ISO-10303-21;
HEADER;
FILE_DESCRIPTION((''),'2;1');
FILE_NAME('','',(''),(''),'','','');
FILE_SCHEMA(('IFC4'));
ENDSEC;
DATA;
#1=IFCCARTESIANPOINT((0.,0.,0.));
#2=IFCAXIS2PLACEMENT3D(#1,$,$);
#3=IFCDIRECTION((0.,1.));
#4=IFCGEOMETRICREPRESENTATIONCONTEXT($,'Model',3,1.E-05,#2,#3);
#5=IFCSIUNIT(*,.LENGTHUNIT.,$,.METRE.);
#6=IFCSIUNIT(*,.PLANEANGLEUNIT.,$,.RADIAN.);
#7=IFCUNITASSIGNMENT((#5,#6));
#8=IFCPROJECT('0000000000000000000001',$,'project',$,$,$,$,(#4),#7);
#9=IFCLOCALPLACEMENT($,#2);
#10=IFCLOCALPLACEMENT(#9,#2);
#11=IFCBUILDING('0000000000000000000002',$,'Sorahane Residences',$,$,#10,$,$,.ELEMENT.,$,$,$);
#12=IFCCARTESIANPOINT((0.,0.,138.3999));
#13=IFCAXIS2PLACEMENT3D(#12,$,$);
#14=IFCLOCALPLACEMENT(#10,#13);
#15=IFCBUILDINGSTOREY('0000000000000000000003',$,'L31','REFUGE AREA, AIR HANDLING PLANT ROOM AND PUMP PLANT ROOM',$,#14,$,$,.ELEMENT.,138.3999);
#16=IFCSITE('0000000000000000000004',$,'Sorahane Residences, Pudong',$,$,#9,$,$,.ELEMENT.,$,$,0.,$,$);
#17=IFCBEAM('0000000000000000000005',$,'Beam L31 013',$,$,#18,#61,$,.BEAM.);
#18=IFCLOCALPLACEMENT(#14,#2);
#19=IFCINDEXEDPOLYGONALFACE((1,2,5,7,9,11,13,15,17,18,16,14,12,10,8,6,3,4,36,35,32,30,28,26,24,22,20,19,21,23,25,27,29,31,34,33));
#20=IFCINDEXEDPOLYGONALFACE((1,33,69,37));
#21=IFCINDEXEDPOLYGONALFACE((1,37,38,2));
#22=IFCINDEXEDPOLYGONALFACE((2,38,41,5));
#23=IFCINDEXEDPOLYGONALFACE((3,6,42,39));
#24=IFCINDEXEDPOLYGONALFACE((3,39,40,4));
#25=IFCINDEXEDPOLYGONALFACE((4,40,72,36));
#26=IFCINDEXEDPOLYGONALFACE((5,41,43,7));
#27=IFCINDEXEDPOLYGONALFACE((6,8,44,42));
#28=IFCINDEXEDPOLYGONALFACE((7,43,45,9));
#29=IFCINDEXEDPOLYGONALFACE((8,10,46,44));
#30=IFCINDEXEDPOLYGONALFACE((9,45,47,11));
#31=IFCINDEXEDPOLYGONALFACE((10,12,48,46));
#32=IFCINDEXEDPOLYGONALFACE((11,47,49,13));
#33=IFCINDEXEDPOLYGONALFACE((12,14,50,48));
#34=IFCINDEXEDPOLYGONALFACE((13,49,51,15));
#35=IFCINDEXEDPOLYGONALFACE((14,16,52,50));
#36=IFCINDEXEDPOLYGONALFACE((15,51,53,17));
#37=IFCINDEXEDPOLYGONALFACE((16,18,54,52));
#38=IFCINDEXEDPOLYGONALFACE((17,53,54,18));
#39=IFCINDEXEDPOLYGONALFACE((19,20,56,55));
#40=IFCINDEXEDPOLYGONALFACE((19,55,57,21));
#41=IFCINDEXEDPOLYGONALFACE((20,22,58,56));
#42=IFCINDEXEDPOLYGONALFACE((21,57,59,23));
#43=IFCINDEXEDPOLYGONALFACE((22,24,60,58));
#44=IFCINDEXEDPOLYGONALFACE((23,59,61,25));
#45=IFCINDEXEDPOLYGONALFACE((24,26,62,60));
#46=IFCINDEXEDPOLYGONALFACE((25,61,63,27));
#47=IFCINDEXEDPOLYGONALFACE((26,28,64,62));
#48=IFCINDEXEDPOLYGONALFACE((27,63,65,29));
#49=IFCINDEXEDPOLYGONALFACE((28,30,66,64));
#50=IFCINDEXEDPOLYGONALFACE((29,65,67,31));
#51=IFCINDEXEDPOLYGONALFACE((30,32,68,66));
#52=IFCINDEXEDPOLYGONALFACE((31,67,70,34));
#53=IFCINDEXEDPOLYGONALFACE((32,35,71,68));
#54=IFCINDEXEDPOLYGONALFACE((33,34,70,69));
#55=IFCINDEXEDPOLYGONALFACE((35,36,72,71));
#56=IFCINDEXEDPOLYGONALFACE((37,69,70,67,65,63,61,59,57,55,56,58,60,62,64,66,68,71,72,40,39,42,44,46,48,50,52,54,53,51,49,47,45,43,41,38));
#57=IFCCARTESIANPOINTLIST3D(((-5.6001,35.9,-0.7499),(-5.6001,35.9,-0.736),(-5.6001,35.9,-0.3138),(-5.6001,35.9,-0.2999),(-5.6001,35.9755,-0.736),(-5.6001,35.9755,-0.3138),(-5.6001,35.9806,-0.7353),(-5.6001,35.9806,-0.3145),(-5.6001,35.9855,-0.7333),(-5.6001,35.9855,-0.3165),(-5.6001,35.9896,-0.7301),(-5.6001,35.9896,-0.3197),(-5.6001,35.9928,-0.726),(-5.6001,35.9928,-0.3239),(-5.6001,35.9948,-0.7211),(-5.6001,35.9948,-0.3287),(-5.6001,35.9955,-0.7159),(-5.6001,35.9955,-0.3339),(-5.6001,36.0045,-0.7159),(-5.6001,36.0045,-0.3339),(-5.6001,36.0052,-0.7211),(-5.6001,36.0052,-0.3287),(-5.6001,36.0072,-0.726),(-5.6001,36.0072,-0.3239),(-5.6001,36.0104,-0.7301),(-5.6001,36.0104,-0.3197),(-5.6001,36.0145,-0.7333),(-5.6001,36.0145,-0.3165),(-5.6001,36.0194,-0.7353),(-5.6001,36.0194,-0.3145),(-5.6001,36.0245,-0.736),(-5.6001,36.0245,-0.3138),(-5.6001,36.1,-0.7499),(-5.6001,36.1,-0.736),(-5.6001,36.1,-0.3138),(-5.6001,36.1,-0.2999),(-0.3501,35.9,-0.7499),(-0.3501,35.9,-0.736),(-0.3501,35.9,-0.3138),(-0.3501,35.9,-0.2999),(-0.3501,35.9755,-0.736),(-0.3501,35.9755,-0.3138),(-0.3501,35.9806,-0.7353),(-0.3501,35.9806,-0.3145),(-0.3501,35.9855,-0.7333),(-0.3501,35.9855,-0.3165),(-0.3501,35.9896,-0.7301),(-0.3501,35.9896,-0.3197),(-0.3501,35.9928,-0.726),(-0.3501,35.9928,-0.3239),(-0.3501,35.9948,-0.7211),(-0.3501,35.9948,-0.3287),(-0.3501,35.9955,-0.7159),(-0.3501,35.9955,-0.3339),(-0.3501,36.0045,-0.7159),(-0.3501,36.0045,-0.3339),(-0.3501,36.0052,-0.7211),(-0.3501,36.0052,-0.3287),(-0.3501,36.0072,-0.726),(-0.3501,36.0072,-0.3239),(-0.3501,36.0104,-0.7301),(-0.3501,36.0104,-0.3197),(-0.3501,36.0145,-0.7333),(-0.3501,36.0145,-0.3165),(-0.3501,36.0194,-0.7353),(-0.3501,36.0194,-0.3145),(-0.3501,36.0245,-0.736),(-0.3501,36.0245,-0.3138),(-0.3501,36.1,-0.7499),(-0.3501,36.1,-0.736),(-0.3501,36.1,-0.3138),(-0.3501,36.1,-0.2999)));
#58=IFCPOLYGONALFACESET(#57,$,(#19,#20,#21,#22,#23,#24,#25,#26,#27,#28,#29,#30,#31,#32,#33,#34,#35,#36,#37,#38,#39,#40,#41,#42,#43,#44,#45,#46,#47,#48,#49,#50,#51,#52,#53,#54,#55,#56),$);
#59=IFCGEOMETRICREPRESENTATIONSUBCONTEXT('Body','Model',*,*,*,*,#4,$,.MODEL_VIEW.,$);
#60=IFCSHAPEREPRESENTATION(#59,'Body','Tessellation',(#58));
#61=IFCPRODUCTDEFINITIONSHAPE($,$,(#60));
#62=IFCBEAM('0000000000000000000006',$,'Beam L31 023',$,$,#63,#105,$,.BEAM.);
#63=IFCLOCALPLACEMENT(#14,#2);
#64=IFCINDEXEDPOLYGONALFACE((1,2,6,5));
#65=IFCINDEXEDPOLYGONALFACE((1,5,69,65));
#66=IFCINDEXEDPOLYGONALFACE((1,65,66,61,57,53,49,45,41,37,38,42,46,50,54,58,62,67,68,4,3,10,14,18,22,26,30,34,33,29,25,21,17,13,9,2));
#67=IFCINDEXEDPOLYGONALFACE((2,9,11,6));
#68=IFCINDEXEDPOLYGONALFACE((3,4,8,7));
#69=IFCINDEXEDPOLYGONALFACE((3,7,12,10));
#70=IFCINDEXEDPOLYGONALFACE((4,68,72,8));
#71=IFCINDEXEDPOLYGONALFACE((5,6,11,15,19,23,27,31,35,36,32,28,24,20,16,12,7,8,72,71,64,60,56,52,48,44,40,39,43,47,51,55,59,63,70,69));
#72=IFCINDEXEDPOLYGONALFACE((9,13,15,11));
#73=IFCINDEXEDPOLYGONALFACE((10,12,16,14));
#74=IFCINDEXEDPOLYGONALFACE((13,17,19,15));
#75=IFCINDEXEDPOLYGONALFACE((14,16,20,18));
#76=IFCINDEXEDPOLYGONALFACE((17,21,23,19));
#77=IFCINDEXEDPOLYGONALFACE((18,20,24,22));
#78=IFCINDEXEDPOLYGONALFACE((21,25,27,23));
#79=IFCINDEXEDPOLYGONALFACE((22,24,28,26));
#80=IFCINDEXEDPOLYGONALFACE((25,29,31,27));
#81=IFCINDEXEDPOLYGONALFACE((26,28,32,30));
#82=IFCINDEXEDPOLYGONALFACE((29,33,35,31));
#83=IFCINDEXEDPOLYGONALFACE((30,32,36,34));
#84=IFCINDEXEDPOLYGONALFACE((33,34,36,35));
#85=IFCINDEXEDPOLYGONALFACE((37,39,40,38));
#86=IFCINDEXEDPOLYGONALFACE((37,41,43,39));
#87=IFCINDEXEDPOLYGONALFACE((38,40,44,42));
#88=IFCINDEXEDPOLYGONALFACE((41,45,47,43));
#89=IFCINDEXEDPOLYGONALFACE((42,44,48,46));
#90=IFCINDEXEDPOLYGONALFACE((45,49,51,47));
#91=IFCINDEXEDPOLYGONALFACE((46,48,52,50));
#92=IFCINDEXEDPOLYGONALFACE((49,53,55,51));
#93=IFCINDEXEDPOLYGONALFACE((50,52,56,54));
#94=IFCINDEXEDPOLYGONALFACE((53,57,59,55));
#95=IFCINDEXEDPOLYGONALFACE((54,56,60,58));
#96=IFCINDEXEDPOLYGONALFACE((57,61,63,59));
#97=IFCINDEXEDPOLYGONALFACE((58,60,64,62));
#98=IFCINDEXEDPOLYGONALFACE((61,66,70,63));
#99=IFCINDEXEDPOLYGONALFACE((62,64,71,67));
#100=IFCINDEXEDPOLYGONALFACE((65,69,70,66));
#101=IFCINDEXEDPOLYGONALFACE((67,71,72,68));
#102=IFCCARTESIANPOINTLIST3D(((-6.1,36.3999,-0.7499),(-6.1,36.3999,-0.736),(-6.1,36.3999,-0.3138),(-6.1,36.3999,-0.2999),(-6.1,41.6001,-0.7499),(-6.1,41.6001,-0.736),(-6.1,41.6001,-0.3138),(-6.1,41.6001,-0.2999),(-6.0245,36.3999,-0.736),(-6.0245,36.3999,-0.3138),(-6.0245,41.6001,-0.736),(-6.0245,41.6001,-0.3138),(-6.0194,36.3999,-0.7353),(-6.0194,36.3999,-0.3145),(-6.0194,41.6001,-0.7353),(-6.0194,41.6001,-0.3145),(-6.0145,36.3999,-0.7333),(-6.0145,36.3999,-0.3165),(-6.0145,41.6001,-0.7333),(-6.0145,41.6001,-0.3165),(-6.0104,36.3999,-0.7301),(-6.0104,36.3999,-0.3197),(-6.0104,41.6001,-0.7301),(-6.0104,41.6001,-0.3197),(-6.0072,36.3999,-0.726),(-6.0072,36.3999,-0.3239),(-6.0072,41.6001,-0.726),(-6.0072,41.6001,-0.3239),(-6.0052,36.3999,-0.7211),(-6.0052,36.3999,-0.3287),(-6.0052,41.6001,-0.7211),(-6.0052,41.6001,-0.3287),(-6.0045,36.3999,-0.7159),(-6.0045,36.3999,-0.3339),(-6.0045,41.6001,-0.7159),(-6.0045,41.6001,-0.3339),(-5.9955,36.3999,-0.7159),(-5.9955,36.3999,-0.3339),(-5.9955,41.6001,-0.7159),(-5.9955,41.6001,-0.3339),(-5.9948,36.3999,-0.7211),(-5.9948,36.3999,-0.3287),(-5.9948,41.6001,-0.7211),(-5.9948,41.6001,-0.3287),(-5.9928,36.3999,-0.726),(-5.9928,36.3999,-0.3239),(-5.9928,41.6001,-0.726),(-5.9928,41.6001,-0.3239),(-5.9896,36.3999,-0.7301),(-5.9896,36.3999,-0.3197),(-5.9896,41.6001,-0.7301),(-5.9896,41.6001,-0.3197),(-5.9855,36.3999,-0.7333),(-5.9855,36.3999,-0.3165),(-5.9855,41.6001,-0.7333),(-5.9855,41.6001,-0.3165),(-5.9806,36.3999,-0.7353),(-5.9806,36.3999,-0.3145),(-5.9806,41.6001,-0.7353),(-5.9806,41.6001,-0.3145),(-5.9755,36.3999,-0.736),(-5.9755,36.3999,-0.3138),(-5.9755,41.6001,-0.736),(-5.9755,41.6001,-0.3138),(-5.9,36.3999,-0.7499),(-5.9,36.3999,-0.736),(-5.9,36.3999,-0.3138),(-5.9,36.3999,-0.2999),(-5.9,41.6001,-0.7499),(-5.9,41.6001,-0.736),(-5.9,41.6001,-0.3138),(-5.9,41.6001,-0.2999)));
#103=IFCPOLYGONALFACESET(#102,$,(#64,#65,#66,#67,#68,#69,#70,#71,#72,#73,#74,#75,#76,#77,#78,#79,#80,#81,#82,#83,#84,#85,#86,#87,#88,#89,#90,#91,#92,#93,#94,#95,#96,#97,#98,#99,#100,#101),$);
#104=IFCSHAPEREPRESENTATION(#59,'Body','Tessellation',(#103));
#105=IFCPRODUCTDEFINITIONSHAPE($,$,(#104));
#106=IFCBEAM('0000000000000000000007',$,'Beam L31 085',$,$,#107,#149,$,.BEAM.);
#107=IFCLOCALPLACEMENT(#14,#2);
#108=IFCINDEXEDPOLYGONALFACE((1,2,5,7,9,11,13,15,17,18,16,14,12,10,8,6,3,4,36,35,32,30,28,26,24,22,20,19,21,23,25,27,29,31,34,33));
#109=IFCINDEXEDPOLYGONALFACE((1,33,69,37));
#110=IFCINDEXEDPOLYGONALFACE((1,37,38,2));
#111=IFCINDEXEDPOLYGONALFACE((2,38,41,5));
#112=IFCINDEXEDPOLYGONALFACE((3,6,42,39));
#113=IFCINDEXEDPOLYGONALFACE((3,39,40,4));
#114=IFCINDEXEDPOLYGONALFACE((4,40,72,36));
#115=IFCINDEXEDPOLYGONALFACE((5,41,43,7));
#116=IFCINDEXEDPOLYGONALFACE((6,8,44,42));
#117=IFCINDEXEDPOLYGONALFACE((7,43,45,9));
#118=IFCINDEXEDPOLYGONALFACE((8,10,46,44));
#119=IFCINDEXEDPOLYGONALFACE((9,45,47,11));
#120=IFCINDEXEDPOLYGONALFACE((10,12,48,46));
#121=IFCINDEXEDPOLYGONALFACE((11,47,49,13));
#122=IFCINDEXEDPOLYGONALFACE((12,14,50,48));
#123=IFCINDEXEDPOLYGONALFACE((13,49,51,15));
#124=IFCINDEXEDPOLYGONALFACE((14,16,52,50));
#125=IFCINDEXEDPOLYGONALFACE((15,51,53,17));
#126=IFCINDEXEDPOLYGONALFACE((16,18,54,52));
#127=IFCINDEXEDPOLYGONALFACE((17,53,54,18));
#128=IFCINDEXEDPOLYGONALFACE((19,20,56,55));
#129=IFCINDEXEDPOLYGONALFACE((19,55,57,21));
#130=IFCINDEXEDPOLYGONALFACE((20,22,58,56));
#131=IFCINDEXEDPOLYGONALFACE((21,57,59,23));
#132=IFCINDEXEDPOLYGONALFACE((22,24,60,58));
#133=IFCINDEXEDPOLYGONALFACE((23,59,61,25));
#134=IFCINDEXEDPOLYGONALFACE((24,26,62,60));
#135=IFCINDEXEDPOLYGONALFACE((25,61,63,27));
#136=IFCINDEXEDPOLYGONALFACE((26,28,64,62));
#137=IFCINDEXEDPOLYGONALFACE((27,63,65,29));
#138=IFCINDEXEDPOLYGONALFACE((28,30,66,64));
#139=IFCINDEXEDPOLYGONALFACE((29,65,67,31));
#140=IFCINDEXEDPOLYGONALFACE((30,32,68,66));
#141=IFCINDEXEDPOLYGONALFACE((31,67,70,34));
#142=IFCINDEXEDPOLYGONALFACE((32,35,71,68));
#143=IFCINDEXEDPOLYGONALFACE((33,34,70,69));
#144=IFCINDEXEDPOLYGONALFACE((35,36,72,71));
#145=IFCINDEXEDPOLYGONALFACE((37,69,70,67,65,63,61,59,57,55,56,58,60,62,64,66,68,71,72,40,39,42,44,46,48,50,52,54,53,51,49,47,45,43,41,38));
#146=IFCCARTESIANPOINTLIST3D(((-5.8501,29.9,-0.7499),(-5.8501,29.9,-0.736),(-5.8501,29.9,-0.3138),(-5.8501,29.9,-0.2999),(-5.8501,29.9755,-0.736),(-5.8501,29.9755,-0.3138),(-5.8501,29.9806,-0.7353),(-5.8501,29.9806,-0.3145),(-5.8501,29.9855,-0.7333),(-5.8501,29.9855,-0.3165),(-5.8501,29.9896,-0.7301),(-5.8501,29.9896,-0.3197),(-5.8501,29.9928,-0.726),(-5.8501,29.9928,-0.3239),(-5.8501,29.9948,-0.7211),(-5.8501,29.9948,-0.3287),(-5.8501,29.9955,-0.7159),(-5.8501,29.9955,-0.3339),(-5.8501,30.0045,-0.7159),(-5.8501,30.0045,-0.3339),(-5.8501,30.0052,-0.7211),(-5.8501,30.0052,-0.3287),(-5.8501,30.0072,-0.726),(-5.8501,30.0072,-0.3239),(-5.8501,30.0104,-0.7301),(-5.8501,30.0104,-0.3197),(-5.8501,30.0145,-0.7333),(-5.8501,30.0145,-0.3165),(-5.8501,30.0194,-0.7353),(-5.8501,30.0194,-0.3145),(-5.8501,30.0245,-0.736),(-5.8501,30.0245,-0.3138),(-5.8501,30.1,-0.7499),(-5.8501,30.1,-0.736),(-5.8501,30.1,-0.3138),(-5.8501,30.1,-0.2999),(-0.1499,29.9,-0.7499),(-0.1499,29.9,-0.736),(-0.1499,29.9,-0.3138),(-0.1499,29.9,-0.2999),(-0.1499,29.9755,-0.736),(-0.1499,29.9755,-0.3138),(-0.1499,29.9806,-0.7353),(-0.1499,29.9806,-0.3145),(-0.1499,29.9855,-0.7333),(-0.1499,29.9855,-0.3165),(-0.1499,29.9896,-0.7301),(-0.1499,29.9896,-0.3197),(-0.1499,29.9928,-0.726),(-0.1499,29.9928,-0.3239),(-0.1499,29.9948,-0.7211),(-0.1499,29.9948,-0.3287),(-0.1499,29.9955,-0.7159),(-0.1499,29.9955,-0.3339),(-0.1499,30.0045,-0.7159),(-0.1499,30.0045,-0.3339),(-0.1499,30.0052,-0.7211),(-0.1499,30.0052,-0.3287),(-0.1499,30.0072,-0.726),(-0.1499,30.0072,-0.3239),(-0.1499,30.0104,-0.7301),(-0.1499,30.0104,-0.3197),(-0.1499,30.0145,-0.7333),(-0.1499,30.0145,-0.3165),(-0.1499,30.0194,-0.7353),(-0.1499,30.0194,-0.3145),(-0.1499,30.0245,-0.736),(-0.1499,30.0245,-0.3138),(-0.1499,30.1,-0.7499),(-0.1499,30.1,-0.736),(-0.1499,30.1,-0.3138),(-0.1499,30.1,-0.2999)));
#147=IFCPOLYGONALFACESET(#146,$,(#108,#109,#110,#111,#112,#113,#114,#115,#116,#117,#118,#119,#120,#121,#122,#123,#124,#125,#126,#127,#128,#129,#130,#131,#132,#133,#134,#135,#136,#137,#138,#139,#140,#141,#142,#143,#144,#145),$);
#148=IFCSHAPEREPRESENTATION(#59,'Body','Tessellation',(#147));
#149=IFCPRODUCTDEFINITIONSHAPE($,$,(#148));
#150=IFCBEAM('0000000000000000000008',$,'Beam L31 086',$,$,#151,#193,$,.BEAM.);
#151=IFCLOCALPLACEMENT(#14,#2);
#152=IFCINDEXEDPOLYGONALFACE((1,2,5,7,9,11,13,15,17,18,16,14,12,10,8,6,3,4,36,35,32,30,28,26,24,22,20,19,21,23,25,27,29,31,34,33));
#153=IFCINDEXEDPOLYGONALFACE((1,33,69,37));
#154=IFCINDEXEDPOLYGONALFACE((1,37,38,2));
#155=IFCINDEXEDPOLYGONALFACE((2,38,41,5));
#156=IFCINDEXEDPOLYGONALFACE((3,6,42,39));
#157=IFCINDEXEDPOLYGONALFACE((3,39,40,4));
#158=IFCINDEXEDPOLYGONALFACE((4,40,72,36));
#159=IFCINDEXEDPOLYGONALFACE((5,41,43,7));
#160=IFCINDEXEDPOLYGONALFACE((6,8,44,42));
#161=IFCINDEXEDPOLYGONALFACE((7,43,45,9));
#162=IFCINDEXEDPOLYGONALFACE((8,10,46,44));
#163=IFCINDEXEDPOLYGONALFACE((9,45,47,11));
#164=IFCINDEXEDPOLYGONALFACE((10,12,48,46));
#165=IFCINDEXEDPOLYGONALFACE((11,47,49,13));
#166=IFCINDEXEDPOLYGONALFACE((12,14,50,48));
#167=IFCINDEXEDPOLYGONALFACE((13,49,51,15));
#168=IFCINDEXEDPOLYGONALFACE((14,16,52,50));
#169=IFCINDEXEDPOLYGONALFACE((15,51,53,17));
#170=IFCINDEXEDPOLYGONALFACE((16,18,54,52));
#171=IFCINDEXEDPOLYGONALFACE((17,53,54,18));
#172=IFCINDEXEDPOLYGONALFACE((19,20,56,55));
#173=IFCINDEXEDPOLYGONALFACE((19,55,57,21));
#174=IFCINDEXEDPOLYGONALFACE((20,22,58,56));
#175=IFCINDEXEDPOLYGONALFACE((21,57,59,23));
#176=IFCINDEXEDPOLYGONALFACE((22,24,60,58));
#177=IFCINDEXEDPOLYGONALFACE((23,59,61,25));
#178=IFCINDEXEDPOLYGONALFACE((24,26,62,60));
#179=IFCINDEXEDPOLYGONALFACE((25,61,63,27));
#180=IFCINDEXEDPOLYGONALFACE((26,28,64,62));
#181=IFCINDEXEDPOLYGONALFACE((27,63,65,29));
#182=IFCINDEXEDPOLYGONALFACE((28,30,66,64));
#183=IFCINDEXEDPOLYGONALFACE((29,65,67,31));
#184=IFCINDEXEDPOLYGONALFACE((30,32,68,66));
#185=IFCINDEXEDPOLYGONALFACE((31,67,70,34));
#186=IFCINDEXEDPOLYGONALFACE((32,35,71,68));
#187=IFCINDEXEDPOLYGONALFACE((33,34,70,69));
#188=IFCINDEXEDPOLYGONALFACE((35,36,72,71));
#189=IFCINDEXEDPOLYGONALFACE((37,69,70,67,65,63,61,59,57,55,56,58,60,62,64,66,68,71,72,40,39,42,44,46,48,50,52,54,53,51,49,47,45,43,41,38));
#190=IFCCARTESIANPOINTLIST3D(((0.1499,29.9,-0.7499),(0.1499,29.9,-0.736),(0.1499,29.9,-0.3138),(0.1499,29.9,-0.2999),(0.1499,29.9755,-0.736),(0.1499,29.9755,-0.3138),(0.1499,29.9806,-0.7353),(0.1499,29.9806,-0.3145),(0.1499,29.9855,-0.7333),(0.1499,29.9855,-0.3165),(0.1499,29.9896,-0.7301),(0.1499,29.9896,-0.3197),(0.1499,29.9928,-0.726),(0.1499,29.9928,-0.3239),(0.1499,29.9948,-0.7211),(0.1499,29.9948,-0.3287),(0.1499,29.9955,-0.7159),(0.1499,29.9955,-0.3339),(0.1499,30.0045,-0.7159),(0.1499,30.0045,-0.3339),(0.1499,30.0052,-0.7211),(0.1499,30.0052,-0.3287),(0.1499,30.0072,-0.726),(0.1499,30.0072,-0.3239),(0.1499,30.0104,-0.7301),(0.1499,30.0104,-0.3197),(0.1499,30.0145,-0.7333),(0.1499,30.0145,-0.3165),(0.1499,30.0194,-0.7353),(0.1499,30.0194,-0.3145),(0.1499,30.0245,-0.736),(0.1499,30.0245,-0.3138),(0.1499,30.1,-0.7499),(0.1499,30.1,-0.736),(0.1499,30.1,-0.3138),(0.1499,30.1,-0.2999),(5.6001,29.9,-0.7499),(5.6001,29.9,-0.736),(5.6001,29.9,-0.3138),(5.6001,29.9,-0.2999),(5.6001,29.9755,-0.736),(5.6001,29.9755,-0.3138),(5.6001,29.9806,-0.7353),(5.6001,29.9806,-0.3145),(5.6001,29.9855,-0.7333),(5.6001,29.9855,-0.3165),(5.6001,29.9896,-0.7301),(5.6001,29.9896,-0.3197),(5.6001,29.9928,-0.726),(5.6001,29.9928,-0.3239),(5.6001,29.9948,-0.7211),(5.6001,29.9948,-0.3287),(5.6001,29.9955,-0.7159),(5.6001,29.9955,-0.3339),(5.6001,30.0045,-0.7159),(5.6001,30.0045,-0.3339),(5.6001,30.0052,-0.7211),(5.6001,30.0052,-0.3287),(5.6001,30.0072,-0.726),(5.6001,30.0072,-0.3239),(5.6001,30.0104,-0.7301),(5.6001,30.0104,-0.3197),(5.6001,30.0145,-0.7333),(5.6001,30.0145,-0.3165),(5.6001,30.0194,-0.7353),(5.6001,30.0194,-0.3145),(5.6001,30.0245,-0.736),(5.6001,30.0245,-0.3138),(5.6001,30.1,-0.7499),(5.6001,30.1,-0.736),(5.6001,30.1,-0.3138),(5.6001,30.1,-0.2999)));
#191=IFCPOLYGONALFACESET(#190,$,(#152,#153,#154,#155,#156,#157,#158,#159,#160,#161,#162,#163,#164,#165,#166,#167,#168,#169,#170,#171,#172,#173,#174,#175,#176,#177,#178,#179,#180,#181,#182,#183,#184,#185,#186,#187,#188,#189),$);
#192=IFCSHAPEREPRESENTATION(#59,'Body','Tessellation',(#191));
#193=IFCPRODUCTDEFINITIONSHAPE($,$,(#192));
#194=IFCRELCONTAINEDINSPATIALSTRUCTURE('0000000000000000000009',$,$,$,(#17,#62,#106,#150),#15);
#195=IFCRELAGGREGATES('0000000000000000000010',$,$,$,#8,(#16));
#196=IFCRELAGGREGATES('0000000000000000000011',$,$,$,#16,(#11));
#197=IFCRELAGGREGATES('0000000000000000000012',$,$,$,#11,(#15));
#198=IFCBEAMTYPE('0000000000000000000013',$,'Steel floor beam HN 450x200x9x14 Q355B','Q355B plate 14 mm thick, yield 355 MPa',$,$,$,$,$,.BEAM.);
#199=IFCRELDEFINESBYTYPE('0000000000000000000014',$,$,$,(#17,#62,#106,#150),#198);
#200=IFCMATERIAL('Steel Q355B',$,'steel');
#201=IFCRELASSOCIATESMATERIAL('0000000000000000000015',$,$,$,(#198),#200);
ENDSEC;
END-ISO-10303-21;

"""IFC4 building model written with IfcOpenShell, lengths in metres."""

from ifc_helpers import new_model, si_unit, direction, frame, origin, origin_2d, place, context, subcontext, project, spatial, i_section, extrude, material, material_profile, profile_set, type_object, element, save


model = new_model("IFC4")

# Units and contexts
model_context = context("Model", 3, precision=1e-05, world=origin(), true_north=direction((0.0, 1.0)))
body_context = subcontext(model_context, "Body", "Model", "MODEL_VIEW")
ifc_project = project(units=[si_unit("LENGTHUNIT", "METRE"), si_unit("PLANEANGLEUNIT", "RADIAN")], contexts=[model_context])

# Site, building, storey
site_placement = place(None, origin())
site = spatial("IfcSite", under=ifc_project, at=site_placement, Name="Sorahane Residences, Pudong", CompositionType="ELEMENT", RefElevation=0.0)
building_placement = place(site_placement, origin())
building = spatial("IfcBuilding", under=site, at=building_placement, Name="Sorahane Residences", CompositionType="ELEMENT")
storey_placement = place(building_placement, frame((0.0, 0.0, 138.3999)))
storey = spatial("IfcBuildingStorey", under=building, at=storey_placement, Name="L31", Description="REFUGE AREA, AIR HANDLING PLANT ROOM AND PUMP PLANT ROOM", CompositionType="ELEMENT", Elevation=138.3999)

# Beams
ifc_material_1 = material(Name="Steel Q355B", Category="steel")
ifc_material_profile_1 = material_profile(ifc_material_1, i_section(OverallWidth=0.2, OverallDepth=0.45, WebThickness=0.009, FlangeThickness=0.0139, FilletRadius=0.02, at=origin_2d()), Name="HN 450x200x9x14")
ifc_profile_set_1 = profile_set([ifc_material_profile_1], Name="Steel Q355B")
beam_type_1 = type_object("IfcBeamType", Name="Steel floor beam HN 450x200x9x14 Q355B", Description="Q355B plate 14 mm thick, yield 355 MPa", PredefinedType="BEAM", material=ifc_profile_set_1)
beam_1_placement = place(storey_placement, frame((-5.6001, 36.0, -0.5249), z_axis=(1.0, 0.0, 0.0), x_axis=(0.0, 1.0, 0.0)))
element("IfcBeam", 1, at=beam_1_placement, inside=storey, type_object=beam_type_1, Name="Beam L31 013", PredefinedType="BEAM", context=body_context, shape_type="SweptSolid", body=[
    extrude(i_section(OverallWidth=0.2, OverallDepth=0.45, WebThickness=0.009, FlangeThickness=0.0139, FilletRadius=0.02, at=origin_2d()), origin(), (0.0, 0.0, 1.0), 5.25),
])
beam_2_placement = place(storey_placement, frame((-6.0, 36.3999, -0.5249), z_axis=(0.0, 1.0, 0.0), x_axis=(-1.0, 0.0, 0.0)))
element("IfcBeam", 2, at=beam_2_placement, inside=storey, type_object=beam_type_1, Name="Beam L31 023", PredefinedType="BEAM", context=body_context, shape_type="SweptSolid", body=[
    extrude(i_section(OverallWidth=0.2, OverallDepth=0.45, WebThickness=0.009, FlangeThickness=0.0139, FilletRadius=0.02, at=origin_2d()), origin(), (0.0, 0.0, 1.0), 5.2002),
])
beam_3_placement = place(storey_placement, frame((-5.8501, 30.0, -0.5249), z_axis=(1.0, 0.0, 0.0), x_axis=(0.0, 1.0, 0.0)))
element("IfcBeam", 3, at=beam_3_placement, inside=storey, type_object=beam_type_1, Name="Beam L31 085", PredefinedType="BEAM", context=body_context, shape_type="SweptSolid", body=[
    extrude(i_section(OverallWidth=0.2, OverallDepth=0.45, WebThickness=0.009, FlangeThickness=0.0139, FilletRadius=0.02, at=origin_2d()), origin(), (0.0, 0.0, 1.0), 5.7002),
])
beam_4_placement = place(storey_placement, frame((0.1499, 30.0, -0.5249), z_axis=(1.0, 0.0, 0.0), x_axis=(0.0, 1.0, 0.0)))
element("IfcBeam", 4, at=beam_4_placement, inside=storey, type_object=beam_type_1, Name="Beam L31 086", PredefinedType="BEAM", context=body_context, shape_type="SweptSolid", body=[
    extrude(i_section(OverallWidth=0.2, OverallDepth=0.45, WebThickness=0.009, FlangeThickness=0.0139, FilletRadius=0.02, at=origin_2d()), origin(), (0.0, 0.0, 1.0), 5.4502),
])

save(model, "model.ifc")
